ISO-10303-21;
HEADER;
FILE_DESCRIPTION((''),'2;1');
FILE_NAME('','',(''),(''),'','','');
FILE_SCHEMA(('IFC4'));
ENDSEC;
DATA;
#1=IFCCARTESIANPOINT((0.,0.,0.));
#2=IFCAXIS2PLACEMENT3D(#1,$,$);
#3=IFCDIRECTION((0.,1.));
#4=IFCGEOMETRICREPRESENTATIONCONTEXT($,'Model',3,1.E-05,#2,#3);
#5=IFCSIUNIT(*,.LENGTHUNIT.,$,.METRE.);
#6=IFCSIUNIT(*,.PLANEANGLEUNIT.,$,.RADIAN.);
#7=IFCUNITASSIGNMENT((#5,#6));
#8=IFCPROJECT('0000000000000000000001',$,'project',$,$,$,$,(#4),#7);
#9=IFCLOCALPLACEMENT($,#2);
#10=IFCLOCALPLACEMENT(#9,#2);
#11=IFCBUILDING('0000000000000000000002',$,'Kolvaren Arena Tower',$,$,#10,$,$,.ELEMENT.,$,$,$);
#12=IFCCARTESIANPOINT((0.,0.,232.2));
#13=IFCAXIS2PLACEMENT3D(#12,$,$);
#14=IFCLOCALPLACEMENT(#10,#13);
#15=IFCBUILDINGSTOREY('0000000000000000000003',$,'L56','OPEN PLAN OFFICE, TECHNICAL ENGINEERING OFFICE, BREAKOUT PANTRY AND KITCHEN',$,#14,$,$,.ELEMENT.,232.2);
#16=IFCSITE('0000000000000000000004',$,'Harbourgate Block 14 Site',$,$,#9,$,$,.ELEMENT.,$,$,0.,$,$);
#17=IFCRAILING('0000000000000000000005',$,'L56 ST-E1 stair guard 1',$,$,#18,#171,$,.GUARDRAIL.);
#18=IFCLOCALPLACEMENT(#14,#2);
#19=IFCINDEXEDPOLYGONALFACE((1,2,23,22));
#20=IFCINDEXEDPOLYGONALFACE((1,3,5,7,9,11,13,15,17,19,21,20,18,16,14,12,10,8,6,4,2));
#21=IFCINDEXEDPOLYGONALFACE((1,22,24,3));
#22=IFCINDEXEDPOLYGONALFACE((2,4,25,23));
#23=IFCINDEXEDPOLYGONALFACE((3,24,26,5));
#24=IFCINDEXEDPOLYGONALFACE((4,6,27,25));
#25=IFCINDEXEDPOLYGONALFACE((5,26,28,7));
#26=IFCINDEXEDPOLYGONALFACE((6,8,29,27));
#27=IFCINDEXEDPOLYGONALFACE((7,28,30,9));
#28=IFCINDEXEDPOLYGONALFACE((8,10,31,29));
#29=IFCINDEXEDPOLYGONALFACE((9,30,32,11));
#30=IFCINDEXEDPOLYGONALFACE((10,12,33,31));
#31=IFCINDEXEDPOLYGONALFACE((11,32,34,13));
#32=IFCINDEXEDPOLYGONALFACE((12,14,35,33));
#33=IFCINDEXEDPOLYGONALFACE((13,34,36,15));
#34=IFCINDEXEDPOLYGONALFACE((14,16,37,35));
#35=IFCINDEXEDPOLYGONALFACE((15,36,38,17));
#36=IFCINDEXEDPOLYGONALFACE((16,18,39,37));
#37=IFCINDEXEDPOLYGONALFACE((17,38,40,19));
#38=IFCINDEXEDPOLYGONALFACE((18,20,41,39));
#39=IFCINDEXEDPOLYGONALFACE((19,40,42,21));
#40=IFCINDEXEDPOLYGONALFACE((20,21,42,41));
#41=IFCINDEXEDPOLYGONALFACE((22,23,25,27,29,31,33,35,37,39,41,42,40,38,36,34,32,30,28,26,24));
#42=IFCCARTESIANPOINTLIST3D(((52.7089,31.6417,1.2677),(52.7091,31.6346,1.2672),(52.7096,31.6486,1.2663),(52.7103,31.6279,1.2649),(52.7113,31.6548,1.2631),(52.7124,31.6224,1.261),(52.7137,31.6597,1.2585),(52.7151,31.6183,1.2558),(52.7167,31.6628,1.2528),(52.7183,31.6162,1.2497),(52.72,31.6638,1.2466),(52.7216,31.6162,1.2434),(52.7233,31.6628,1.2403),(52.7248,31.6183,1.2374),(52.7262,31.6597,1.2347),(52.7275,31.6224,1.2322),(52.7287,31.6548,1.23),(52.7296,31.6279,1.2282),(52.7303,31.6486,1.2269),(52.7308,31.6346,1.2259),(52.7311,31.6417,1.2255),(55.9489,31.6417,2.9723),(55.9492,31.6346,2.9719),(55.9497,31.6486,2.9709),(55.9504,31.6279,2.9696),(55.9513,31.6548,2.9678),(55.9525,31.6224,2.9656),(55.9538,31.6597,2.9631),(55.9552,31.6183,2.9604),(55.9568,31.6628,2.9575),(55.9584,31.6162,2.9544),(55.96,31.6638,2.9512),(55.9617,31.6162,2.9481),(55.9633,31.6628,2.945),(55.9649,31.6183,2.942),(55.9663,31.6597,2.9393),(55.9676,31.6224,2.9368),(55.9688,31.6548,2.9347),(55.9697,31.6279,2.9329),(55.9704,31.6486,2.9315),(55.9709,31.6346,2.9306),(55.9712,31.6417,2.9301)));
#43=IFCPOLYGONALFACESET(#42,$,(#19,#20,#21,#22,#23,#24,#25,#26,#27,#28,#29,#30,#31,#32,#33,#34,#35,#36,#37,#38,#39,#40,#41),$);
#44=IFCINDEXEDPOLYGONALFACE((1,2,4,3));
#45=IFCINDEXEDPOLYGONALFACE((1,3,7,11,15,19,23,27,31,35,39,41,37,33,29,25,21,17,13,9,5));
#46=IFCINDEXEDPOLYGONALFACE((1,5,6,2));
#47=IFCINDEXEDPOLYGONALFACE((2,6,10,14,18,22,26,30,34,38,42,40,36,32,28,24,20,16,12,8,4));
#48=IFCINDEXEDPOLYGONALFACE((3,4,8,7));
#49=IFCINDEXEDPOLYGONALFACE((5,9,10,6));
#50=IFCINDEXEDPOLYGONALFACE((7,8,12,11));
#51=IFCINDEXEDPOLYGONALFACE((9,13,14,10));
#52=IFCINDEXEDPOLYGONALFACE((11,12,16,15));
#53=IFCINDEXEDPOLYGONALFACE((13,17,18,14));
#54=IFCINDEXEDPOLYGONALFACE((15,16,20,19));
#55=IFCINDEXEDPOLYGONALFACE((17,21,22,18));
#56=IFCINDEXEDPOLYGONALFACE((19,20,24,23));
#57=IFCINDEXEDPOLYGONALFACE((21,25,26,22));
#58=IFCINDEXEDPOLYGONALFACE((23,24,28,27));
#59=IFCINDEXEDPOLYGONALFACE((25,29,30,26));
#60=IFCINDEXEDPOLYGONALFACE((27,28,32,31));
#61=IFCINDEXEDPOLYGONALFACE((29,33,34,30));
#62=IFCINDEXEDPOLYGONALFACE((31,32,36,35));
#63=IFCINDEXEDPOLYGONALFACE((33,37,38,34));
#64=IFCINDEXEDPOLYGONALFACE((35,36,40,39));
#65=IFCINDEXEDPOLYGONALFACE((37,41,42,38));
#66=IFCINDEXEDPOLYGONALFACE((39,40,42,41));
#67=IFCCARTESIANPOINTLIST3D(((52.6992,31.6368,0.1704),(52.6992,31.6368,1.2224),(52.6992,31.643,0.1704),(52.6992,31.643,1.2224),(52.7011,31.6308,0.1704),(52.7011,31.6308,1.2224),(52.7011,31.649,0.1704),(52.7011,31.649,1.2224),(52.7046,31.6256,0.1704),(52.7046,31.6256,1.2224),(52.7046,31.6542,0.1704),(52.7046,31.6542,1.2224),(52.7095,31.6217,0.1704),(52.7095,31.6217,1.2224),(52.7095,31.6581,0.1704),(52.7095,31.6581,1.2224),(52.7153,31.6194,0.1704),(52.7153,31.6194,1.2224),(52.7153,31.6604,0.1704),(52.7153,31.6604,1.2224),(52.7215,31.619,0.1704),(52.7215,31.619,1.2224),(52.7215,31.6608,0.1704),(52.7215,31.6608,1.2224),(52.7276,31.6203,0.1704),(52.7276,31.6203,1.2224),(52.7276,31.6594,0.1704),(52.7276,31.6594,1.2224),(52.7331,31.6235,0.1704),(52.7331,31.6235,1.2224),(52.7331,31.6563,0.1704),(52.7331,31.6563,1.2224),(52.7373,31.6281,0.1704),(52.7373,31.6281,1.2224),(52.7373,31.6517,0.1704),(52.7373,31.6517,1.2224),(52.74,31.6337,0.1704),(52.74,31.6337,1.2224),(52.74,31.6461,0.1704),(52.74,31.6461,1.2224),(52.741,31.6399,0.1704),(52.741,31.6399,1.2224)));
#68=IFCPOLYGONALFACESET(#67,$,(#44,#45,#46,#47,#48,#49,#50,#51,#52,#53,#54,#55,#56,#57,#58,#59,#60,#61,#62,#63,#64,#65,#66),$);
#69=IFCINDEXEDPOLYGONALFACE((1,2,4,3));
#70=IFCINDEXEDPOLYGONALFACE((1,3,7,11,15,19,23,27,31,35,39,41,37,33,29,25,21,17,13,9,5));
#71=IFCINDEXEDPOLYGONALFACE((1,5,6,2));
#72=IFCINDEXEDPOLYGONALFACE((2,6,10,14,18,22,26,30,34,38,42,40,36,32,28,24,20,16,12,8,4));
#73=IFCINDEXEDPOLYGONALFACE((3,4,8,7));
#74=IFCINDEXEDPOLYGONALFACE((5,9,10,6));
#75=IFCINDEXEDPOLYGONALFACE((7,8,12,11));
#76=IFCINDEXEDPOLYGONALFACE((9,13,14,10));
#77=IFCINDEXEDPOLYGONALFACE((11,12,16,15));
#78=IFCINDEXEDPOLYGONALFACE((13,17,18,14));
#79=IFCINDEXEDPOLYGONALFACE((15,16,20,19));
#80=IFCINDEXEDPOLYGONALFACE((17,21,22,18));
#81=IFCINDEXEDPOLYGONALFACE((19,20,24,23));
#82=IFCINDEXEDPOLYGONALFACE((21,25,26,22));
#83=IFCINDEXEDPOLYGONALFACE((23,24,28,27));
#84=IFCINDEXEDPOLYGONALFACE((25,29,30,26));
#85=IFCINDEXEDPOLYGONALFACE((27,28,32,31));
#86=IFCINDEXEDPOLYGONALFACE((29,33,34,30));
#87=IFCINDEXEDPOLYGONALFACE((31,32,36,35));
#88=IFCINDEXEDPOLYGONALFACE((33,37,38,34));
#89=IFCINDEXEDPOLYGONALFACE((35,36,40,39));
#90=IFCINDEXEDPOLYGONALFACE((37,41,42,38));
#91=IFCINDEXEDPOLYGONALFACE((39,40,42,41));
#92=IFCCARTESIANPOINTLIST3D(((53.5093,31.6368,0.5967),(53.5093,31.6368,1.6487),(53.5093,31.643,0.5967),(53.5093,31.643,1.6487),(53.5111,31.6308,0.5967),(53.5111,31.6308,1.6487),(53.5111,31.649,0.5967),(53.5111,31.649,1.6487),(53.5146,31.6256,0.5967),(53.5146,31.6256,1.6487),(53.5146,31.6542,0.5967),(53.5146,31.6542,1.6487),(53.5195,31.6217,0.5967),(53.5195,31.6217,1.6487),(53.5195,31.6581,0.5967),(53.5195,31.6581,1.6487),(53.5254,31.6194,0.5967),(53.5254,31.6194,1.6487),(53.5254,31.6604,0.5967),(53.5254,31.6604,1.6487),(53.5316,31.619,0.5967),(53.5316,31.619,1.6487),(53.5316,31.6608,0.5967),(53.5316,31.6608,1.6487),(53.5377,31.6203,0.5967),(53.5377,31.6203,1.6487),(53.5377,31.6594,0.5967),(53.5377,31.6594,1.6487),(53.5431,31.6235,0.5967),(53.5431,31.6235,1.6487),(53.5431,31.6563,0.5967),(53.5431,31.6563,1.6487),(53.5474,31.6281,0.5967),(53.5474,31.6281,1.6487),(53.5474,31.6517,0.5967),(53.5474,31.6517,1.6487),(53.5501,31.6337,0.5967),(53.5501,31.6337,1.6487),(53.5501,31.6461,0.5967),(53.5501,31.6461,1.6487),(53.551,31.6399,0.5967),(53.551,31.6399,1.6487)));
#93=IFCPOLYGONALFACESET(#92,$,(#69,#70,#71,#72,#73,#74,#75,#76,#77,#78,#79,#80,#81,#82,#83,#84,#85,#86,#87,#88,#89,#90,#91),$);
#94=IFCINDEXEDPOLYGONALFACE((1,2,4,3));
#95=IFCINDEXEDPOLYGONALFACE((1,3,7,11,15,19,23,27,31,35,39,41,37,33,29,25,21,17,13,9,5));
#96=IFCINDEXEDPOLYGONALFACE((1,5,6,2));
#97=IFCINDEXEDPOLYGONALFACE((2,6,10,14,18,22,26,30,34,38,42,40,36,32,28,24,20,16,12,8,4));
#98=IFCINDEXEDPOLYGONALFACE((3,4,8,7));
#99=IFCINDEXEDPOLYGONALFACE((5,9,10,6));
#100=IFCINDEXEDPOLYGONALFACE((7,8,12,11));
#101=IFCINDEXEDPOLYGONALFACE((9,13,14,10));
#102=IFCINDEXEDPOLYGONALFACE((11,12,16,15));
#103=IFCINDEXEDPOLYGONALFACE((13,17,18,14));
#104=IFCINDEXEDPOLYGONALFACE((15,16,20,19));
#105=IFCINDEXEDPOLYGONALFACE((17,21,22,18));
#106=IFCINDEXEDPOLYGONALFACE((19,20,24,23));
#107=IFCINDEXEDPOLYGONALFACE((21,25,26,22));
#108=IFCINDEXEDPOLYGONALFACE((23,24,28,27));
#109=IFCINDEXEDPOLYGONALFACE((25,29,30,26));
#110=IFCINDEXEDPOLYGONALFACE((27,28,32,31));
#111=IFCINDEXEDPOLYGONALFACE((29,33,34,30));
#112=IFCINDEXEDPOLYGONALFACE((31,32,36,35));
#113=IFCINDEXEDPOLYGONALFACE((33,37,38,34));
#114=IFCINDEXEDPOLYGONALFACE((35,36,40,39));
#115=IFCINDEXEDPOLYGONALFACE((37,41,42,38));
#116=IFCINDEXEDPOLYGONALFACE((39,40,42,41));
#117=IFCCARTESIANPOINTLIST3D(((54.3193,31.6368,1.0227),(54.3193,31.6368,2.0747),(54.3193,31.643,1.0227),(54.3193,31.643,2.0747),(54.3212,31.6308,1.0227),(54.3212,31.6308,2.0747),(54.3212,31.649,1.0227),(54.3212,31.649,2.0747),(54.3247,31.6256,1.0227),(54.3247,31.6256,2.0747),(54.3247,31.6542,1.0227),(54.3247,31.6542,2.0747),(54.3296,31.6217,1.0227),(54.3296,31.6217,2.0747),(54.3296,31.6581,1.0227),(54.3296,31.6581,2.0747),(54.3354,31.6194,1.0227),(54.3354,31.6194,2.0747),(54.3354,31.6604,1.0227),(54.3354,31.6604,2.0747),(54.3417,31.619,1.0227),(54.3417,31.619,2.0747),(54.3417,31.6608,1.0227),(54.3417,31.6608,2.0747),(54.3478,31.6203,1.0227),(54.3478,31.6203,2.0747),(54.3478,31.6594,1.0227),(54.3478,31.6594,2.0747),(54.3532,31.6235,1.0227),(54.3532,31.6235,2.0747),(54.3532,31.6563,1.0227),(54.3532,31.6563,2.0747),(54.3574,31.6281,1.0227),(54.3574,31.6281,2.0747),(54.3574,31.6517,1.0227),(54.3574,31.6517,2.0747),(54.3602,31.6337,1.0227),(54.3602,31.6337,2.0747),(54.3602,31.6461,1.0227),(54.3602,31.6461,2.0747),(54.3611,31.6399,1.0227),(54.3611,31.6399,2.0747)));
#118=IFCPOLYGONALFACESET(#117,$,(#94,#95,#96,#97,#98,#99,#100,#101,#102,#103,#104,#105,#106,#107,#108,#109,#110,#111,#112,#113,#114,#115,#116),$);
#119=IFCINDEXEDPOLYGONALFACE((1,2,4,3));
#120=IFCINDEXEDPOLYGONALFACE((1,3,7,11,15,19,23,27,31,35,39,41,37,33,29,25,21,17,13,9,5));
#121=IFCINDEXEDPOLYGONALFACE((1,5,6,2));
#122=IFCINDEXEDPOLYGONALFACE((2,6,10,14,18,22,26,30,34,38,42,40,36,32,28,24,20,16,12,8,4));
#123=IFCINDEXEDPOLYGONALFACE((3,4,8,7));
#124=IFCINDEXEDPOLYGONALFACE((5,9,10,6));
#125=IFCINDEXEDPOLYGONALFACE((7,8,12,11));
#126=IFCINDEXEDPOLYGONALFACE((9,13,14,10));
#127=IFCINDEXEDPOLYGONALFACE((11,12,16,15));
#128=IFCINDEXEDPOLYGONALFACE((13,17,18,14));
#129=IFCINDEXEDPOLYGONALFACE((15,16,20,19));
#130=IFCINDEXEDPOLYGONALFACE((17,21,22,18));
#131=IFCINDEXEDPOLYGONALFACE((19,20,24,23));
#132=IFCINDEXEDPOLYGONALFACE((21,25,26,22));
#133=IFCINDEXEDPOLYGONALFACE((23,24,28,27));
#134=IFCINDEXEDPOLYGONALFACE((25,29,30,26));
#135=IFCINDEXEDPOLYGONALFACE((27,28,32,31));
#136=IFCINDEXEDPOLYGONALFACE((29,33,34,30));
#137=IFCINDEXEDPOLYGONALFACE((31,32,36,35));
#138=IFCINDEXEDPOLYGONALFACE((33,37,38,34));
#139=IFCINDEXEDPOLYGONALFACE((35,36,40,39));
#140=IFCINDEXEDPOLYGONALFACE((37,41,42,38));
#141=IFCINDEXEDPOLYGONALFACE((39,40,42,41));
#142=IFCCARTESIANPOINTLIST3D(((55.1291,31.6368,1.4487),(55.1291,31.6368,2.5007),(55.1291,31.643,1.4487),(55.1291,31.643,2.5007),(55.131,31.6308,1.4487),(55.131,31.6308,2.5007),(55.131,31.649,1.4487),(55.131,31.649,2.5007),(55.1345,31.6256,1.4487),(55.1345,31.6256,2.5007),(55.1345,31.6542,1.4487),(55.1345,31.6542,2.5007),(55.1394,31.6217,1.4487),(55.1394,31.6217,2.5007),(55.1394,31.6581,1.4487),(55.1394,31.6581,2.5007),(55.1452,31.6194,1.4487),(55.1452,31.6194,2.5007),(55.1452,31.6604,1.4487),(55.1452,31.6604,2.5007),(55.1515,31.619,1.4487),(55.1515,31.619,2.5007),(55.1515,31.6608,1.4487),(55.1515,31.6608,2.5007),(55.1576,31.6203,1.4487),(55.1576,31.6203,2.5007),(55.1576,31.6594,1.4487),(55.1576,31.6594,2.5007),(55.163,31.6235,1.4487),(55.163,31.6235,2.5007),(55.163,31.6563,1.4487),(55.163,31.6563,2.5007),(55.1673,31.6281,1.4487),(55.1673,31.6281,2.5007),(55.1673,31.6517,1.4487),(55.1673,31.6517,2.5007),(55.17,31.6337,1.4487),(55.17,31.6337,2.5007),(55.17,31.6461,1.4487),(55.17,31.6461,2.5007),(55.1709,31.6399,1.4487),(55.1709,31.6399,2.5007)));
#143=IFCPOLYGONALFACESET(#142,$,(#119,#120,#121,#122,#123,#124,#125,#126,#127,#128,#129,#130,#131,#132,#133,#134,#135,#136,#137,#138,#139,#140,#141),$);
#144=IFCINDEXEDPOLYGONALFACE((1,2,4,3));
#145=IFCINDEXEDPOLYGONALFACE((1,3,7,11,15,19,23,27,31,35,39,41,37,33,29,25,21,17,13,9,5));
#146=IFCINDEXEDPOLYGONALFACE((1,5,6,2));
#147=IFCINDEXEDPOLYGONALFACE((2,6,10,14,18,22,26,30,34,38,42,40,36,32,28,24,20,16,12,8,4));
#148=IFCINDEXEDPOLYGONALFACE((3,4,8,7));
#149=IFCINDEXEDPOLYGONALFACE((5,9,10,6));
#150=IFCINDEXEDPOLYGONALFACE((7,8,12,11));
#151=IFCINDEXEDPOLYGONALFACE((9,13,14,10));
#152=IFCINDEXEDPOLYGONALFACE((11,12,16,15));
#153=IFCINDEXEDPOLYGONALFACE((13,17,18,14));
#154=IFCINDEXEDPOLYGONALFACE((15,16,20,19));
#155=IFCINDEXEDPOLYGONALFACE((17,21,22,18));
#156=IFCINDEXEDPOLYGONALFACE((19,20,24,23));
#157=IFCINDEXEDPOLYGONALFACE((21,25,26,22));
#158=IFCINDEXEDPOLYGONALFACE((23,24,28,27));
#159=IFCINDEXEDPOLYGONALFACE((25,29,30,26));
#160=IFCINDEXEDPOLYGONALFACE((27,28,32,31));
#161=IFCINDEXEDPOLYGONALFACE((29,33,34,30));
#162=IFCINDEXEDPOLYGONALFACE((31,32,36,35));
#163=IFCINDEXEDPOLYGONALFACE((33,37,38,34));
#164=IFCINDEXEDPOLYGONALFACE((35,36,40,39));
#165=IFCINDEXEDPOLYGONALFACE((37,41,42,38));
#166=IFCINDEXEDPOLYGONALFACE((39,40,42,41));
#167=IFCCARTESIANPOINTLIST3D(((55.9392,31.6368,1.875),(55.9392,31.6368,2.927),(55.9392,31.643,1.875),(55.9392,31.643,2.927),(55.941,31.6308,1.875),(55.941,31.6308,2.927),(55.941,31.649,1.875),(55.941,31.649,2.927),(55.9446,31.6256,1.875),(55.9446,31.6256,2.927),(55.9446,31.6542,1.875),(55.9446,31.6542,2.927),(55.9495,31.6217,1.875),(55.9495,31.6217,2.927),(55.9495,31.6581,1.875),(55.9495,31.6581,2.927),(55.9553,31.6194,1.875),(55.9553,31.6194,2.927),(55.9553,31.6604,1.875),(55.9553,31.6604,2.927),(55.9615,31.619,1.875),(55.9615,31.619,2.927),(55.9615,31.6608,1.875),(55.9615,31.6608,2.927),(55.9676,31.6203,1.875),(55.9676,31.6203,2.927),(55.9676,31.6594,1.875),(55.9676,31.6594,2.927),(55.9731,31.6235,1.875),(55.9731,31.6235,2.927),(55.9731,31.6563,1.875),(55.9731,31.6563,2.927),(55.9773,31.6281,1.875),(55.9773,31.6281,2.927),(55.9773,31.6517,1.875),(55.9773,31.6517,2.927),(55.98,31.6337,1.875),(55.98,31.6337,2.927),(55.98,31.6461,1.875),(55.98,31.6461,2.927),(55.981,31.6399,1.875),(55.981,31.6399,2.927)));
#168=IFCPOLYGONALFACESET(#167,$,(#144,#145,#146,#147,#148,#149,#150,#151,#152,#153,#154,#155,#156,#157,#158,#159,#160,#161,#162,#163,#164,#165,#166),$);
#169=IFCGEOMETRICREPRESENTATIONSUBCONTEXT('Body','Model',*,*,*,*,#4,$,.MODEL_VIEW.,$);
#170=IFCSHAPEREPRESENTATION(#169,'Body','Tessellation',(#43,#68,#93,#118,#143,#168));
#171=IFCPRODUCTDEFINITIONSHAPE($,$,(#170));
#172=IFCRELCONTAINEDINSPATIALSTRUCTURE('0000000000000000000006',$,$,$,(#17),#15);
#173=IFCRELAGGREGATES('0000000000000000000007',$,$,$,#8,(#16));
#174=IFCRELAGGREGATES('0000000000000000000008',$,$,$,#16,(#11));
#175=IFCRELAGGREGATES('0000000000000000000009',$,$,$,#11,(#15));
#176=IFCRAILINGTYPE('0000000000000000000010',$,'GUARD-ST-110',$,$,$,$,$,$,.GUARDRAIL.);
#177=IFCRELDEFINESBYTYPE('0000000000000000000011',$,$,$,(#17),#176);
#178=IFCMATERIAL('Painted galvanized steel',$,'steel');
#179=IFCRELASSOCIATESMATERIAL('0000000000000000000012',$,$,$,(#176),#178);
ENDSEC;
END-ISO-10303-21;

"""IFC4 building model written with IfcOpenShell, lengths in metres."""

from ifc_helpers import new_model, si_unit, direction, frame, origin, origin_2d, place, context, subcontext, project, spatial, circle, extrude, material, type_object, element, save


model = new_model("IFC4")

# Units and contexts
model_context = context("Model", 3, precision=1e-05, world=origin(), true_north=direction((0.0, 1.0)))
body_context = subcontext(model_context, "Body", "Model", "MODEL_VIEW")
ifc_project = project(units=[si_unit("LENGTHUNIT", "METRE"), si_unit("PLANEANGLEUNIT", "RADIAN")], contexts=[model_context])

# Site, building, storey
site_placement = place(None, origin())
site = spatial("IfcSite", under=ifc_project, at=site_placement, Name="Harbourgate Block 14 Site", CompositionType="ELEMENT", RefElevation=0.0)
building_placement = place(site_placement, origin())
building = spatial("IfcBuilding", under=site, at=building_placement, Name="Kolvaren Arena Tower", CompositionType="ELEMENT")
storey_placement = place(building_placement, frame((0.0, 0.0, 232.2)))
storey = spatial("IfcBuildingStorey", under=building, at=storey_placement, Name="L56", Description="OPEN PLAN OFFICE, TECHNICAL ENGINEERING OFFICE, BREAKOUT PANTRY AND KITCHEN", CompositionType="ELEMENT", Elevation=232.2)

# Railing
ifc_material_1 = material(Name="Painted galvanized steel", Category="steel")
railing_type_1 = type_object("IfcRailingType", Name="GUARD-ST-110", PredefinedType="GUARDRAIL", material=ifc_material_1)
railing_1_placement = place(storey_placement, frame((52.72, 31.6399, 0.1704)))
element("IfcRailing", 1, at=railing_1_placement, inside=storey, type_object=railing_type_1, Name="L56 ST-E1 stair guard 1", PredefinedType="GUARDRAIL", context=body_context, shape_type="SweptSolid", body=[
    extrude(circle(Radius=0.0239, at=origin_2d()), frame((0.0, 0.0, 1.0762), z_axis=(0.884993, 0.0, 0.465604), x_axis=(0.0, 1.0, 0.0)), (0.0, 0.0, 1.0), 3.6611),
    extrude(circle(Radius=0.021, at=origin_2d()), origin(), (0.0, 0.0, 1.0), 1.052),
    extrude(circle(Radius=0.021, at=origin_2d()), frame((0.8101, 0.0, 0.4263)), (0.0, 0.0, 1.0), 1.052),
    extrude(circle(Radius=0.021, at=origin_2d()), frame((1.6201, 0.0, 0.8523)), (0.0, 0.0, 1.0), 1.052),
    extrude(circle(Radius=0.021, at=origin_2d()), frame((2.4299, 0.0, 1.2783)), (0.0, 0.0, 1.0), 1.052),
    extrude(circle(Radius=0.021, at=origin_2d()), frame((3.24, 0.0, 1.7046)), (0.0, 0.0, 1.0), 1.052),
])

save(model, "model.ifc")
